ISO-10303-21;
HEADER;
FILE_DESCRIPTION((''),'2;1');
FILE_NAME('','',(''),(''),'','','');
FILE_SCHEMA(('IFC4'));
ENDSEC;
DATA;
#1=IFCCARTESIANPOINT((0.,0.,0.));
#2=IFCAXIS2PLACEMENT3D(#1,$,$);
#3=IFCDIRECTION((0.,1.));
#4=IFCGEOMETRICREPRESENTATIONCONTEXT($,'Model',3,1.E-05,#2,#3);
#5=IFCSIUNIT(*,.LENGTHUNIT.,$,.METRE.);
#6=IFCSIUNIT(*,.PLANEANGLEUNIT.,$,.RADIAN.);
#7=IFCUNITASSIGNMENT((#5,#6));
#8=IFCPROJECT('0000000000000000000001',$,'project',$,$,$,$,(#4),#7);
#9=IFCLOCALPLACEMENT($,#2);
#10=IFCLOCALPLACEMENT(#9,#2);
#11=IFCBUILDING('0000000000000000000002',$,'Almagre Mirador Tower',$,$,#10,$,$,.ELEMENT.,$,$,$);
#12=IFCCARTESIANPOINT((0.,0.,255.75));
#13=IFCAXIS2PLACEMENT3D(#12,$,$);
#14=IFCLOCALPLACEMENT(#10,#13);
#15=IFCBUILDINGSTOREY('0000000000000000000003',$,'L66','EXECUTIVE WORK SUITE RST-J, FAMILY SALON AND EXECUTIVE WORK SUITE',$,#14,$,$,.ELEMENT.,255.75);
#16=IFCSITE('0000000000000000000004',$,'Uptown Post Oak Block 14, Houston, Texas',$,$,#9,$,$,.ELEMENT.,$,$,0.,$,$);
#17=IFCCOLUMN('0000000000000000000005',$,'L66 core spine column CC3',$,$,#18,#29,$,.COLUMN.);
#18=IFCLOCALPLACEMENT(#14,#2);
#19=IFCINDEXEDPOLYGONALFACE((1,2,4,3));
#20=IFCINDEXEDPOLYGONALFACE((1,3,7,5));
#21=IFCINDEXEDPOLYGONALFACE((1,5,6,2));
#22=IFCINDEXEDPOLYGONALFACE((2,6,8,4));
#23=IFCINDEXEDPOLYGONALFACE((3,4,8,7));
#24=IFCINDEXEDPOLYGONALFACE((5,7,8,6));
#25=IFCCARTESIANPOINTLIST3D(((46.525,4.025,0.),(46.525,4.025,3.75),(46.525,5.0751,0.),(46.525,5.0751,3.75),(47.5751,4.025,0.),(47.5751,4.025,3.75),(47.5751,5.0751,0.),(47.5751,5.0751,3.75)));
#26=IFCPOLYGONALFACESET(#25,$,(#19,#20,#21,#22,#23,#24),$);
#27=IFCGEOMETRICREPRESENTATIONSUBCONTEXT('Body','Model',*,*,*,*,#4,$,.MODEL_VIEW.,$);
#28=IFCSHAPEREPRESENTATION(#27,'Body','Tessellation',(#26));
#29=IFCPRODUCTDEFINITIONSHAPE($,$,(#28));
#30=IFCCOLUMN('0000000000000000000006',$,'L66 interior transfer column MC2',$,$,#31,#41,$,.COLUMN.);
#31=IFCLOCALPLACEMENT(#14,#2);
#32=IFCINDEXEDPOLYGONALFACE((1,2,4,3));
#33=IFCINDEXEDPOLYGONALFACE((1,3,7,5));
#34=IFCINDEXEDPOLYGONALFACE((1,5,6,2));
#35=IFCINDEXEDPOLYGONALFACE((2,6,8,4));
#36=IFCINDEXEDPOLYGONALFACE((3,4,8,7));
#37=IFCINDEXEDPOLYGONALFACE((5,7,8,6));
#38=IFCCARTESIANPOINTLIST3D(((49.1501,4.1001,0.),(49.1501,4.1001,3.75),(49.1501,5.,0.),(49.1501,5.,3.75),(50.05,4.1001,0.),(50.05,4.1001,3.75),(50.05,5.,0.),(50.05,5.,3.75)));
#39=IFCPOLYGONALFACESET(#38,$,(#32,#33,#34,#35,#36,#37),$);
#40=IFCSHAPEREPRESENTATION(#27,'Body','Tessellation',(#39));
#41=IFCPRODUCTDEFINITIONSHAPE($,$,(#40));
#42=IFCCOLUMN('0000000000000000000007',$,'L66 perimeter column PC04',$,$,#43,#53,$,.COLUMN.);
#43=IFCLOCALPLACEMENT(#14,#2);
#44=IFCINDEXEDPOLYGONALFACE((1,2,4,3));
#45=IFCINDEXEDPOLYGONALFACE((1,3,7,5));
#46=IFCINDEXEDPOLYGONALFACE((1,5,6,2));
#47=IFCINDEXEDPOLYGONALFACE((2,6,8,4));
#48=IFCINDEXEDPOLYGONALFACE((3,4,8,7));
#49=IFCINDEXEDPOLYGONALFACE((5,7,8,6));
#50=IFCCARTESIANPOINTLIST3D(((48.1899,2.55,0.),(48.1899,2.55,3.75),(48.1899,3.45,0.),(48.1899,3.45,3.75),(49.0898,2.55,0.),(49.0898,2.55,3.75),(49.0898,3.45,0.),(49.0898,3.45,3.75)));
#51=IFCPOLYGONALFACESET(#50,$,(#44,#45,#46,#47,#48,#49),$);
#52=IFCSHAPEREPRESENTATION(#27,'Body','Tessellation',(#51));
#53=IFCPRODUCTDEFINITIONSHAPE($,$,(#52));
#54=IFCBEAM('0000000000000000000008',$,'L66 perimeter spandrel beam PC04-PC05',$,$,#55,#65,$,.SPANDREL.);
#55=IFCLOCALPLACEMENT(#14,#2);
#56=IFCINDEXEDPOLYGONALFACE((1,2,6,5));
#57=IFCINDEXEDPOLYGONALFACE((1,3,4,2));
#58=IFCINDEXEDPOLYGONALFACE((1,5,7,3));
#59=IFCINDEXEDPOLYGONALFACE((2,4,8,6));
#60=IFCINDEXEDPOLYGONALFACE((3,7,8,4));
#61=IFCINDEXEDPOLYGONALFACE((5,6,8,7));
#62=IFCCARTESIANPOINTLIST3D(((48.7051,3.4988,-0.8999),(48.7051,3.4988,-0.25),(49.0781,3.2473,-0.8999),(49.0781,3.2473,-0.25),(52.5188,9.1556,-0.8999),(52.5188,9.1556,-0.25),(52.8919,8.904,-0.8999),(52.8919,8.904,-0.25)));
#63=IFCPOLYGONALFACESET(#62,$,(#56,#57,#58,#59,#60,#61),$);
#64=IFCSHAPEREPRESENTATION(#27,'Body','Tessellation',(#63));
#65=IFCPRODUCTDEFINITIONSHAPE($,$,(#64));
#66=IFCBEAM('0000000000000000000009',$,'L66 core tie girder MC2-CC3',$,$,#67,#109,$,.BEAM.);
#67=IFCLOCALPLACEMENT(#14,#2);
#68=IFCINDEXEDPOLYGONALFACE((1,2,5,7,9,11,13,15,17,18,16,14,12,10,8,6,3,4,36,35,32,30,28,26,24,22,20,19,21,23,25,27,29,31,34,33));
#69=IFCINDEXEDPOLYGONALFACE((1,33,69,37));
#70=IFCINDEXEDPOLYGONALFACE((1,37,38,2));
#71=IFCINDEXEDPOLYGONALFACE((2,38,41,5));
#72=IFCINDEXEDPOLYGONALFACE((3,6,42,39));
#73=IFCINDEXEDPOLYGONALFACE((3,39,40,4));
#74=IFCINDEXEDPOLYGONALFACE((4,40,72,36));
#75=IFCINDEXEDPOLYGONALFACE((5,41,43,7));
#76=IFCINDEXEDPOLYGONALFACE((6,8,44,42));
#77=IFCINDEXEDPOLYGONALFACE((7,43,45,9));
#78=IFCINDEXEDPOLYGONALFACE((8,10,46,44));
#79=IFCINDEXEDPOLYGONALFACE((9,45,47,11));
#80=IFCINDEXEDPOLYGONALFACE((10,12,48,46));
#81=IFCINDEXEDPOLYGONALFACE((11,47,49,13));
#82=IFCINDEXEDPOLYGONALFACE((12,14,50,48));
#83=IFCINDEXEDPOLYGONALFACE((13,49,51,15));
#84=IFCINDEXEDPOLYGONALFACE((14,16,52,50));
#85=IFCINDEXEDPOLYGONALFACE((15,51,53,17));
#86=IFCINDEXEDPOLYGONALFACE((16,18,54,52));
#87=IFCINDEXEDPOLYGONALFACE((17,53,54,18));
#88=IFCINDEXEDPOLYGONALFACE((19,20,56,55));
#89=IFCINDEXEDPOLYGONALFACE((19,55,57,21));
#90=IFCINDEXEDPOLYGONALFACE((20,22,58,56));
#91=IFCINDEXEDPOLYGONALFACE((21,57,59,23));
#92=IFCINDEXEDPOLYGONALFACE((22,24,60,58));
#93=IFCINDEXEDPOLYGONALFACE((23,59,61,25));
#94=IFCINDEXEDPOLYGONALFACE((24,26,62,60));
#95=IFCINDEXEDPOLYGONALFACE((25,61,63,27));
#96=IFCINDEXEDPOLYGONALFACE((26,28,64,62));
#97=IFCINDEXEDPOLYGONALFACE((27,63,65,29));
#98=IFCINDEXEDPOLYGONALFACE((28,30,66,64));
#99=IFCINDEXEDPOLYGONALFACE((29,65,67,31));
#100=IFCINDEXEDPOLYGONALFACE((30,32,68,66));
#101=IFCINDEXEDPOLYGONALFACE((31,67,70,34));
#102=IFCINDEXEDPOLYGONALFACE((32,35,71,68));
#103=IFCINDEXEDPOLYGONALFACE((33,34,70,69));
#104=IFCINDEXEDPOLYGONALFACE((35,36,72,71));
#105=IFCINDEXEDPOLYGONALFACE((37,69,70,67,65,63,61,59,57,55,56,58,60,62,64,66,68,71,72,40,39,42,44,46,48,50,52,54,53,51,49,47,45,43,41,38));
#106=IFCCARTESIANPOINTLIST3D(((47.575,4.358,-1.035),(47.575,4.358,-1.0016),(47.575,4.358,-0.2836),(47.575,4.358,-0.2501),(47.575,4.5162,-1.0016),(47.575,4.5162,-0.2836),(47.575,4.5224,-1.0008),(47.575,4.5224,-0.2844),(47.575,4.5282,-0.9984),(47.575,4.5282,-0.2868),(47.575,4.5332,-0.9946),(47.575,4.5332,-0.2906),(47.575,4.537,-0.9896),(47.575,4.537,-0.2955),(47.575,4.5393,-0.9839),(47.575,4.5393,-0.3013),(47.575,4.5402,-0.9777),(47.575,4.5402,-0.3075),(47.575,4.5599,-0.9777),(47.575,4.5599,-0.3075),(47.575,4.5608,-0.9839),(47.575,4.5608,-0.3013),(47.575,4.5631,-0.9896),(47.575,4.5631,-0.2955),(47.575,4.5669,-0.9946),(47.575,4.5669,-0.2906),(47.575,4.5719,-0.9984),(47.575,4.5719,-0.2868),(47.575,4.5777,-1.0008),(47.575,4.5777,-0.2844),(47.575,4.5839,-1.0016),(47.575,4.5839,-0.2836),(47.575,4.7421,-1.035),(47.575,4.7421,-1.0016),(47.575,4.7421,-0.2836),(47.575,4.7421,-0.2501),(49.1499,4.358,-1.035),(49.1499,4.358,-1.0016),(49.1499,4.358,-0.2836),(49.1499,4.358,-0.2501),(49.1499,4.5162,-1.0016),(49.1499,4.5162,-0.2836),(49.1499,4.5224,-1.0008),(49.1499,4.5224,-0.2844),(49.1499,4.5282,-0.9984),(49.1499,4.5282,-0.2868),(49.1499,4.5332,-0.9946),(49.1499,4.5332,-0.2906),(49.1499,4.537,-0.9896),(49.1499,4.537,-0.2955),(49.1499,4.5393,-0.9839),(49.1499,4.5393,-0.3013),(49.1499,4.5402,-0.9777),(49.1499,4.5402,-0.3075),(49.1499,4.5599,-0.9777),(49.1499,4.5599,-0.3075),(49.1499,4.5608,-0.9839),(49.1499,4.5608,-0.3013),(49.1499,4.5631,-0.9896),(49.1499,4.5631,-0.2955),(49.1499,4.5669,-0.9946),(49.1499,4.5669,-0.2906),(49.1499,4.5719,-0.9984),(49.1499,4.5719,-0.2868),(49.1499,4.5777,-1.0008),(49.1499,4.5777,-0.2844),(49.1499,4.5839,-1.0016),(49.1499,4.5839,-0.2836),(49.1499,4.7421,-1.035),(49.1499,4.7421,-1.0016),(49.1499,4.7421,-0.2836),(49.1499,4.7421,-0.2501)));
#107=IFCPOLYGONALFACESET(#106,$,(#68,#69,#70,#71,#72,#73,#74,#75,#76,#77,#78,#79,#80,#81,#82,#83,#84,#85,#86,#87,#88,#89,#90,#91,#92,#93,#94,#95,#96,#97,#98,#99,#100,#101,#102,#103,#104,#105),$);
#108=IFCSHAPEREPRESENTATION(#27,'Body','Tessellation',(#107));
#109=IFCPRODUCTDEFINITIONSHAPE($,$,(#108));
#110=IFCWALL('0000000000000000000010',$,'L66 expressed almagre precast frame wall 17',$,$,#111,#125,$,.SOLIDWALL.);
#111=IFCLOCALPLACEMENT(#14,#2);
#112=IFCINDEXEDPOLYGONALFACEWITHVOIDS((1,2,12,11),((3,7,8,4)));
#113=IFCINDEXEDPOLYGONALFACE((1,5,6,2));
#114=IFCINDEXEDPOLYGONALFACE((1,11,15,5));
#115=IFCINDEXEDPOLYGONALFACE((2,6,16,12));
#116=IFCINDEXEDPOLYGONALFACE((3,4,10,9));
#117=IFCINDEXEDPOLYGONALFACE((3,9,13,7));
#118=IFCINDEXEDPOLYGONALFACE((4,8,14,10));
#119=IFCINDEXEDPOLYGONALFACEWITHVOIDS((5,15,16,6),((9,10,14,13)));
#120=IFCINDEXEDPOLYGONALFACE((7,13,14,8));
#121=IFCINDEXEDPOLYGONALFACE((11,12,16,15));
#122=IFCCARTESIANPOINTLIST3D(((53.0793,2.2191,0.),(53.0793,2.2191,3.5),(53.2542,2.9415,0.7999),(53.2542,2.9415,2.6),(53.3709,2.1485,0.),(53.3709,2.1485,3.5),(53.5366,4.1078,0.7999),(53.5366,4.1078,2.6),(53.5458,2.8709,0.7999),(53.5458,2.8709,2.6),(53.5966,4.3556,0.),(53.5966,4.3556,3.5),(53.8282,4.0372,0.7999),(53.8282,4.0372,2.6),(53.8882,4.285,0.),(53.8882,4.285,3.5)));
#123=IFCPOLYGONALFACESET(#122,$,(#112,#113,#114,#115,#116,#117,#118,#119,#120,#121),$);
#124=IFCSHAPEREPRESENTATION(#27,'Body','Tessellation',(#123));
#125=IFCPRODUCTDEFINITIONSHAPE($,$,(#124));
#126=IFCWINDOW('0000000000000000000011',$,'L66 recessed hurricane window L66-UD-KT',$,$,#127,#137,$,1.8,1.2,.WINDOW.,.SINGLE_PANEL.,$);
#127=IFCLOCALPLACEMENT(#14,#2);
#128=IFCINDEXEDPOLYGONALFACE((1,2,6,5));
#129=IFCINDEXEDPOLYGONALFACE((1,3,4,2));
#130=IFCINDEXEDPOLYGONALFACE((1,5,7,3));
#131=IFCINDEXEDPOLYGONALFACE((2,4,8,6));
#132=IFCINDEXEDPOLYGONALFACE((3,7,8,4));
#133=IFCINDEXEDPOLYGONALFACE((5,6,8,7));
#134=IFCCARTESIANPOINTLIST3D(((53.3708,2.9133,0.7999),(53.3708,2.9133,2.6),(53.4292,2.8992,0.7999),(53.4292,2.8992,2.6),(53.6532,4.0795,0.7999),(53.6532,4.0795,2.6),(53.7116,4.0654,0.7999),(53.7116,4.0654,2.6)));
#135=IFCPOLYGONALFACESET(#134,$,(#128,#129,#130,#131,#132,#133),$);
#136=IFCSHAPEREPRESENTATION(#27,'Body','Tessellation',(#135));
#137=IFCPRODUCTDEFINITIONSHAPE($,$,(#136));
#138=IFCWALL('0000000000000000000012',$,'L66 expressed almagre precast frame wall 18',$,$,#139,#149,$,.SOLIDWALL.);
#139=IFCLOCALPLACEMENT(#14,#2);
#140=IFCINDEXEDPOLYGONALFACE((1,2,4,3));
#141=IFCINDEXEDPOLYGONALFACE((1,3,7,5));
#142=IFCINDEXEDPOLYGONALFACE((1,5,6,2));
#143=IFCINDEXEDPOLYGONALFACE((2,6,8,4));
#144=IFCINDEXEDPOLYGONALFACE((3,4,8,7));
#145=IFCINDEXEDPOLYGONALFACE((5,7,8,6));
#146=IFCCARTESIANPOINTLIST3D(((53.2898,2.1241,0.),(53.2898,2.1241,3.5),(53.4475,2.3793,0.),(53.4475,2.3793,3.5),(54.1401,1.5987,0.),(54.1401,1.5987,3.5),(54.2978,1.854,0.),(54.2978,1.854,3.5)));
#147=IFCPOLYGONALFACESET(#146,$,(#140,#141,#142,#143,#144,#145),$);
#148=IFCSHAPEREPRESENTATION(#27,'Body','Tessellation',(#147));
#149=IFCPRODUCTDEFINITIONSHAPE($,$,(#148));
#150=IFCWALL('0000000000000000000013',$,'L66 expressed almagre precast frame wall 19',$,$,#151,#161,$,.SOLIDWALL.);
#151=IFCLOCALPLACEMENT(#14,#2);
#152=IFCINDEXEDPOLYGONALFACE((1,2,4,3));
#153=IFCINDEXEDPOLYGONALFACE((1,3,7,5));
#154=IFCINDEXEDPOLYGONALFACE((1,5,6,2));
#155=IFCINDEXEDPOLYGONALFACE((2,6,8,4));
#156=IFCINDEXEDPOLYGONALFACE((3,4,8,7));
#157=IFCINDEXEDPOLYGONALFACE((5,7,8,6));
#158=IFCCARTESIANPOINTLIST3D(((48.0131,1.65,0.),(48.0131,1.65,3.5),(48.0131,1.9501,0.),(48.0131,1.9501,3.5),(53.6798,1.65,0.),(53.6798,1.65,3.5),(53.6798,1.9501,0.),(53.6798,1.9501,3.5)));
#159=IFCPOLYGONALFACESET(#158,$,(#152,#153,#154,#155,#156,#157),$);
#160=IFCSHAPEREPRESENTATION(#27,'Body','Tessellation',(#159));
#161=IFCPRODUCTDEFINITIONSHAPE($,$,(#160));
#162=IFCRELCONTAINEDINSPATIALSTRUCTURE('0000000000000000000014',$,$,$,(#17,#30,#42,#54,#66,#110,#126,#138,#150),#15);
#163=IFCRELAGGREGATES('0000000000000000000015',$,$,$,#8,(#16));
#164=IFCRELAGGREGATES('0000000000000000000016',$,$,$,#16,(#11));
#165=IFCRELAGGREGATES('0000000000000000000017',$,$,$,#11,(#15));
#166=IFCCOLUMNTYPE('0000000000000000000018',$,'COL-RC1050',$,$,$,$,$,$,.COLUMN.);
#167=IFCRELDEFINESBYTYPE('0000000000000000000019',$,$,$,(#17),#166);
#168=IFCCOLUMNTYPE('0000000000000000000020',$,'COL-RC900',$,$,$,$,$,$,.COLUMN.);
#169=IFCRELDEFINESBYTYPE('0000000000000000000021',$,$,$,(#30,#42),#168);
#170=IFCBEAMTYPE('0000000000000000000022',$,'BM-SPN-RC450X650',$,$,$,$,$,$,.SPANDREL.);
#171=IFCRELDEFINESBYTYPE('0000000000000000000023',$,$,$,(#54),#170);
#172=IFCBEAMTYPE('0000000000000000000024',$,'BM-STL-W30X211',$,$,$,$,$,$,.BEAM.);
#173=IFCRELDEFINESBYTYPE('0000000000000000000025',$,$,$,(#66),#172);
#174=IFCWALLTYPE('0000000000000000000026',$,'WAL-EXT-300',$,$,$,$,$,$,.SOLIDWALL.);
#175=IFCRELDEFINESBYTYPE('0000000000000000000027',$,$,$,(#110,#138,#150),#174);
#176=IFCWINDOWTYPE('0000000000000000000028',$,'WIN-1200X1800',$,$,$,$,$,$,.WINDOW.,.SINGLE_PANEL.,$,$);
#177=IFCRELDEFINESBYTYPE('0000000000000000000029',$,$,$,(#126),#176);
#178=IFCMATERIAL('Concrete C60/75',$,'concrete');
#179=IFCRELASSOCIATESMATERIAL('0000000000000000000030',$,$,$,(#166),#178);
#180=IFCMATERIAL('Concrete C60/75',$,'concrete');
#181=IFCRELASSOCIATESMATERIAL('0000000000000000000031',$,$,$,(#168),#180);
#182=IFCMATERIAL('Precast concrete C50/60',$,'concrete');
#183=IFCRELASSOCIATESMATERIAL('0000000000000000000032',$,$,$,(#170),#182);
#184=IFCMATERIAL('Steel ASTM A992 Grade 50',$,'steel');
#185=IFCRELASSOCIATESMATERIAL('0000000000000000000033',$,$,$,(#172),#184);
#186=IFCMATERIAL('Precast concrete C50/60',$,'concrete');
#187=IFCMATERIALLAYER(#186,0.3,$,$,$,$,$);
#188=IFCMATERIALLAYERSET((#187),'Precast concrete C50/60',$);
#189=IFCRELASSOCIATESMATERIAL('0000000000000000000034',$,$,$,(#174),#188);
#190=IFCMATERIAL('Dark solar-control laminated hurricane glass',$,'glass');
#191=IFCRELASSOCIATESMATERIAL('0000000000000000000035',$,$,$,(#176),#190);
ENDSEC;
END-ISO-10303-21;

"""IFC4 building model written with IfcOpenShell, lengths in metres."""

from ifc_helpers import new_model, si_unit, direction, frame, frame_2d, origin, origin_2d, place, context, subcontext, project, spatial, rectangle, i_section, extrude, material, layer, layer_set, material_profile, profile_set, type_object, element, fill, save


model = new_model("IFC4")

# Units and contexts
model_context = context("Model", 3, precision=1e-05, world=origin(), true_north=direction((0.0, 1.0)))
body_context = subcontext(model_context, "Body", "Model", "MODEL_VIEW")
ifc_project = project(units=[si_unit("LENGTHUNIT", "METRE"), si_unit("PLANEANGLEUNIT", "RADIAN")], contexts=[model_context])

# Site, building, storey
site_placement = place(None, origin())
site = spatial("IfcSite", under=ifc_project, at=site_placement, Name="Uptown Post Oak Block 14, Houston, Texas", CompositionType="ELEMENT", RefElevation=0.0)
building_placement = place(site_placement, origin())
building = spatial("IfcBuilding", under=site, at=building_placement, Name="Almagre Mirador Tower", CompositionType="ELEMENT")
storey_placement = place(building_placement, frame((0.0, 0.0, 255.75)))
storey = spatial("IfcBuildingStorey", under=building, at=storey_placement, Name="L66", Description="EXECUTIVE WORK SUITE RST-J, FAMILY SALON AND EXECUTIVE WORK SUITE", CompositionType="ELEMENT", Elevation=255.75)

# Columns
ifc_material_1 = material(Name="Concrete C60/75", Category="concrete")
ifc_material_profile_1 = material_profile(ifc_material_1, rectangle(XDim=1.05, YDim=1.05, at=origin_2d()), Name="RC1050X1050")
ifc_profile_set_1 = profile_set([ifc_material_profile_1], Name="Concrete C60/75")
column_type_1 = type_object("IfcColumnType", Name="COL-RC1050", PredefinedType="COLUMN", material=ifc_profile_set_1)
column_placement = place(storey_placement, frame((47.05, 4.55, 0.0), z_axis=(0.0, 0.0, 1.0), x_axis=(1.0, 0.0, 0.0)))
element("IfcColumn", 1, at=column_placement, inside=storey, type_object=column_type_1, Name="L66 core spine column CC3", PredefinedType="COLUMN", context=body_context, shape_type="SweptSolid", body=[
    extrude(rectangle(XDim=1.05, YDim=1.05, at=origin_2d()), origin(), (0.0, 0.0, 1.0), 3.75),
])
ifc_material_2 = material(Name="Concrete C60/75", Category="concrete")
ifc_material_profile_2 = material_profile(ifc_material_2, rectangle(XDim=0.8999, YDim=0.8999, at=origin_2d()), Name="RC900X900")
ifc_profile_set_2 = profile_set([ifc_material_profile_2], Name="Concrete C60/75")
column_type_2 = type_object("IfcColumnType", Name="COL-RC900", PredefinedType="COLUMN", material=ifc_profile_set_2)
for number, where, z_axis, x_axis, name in (
    (2, (49.6001, 4.55, 0.0), (0.0, 0.0, 1.0), (1.0, 0.0, 0.0), "L66 interior transfer column MC2"),
    (3, (48.6399, 3.0, 0.0), (0.0, 0.0, 1.0), (1.0, 0.0, 0.0), "L66 perimeter column PC04"),
):
    element("IfcColumn", number, at=place(storey_placement, frame(where, z_axis=z_axis, x_axis=x_axis)), inside=storey, type_object=column_type_2, Name=name, PredefinedType="COLUMN", context=body_context, shape_type="SweptSolid", body=[
        extrude(rectangle(XDim=0.8999, YDim=0.8999, at=origin_2d()), origin(), (0.0, 0.0, 1.0), 3.75),
    ])

# Beams
ifc_material_3 = material(Name="Precast concrete C50/60", Category="concrete")
ifc_material_profile_3 = material_profile(ifc_material_3, rectangle(XDim=0.45, YDim=0.6499, at=origin_2d()), Name="RC450X650")
ifc_profile_set_3 = profile_set([ifc_material_profile_3], Name="Precast concrete C50/60")
beam_type_1 = type_object("IfcBeamType", Name="BM-SPN-RC450X650", PredefinedType="SPANDREL", material=ifc_profile_set_3)
beam_1_placement = place(storey_placement, frame((48.8916, 3.373, -0.575), z_axis=(0.559012, 0.82916, 0.0), x_axis=(-0.82916, 0.559012, 0.0)))
element("IfcBeam", 4, at=beam_1_placement, inside=storey, type_object=beam_type_1, Name="L66 perimeter spandrel beam PC04-PC05", PredefinedType="SPANDREL", context=body_context, shape_type="SweptSolid", body=[
    extrude(rectangle(XDim=0.45, YDim=0.6499, at=origin_2d()), origin(), (0.0, 0.0, 1.0), 6.8223),
])
ifc_material_4 = material(Name="Steel ASTM A992 Grade 50", Category="steel")
ifc_material_profile_4 = material_profile(ifc_material_4, i_section(OverallWidth=0.384, OverallDepth=0.7849, WebThickness=0.0198, FlangeThickness=0.0334, FilletRadius=0.0239, at=origin_2d()), Name="W30X211")
ifc_profile_set_4 = profile_set([ifc_material_profile_4], Name="Steel ASTM A992 Grade 50")
beam_type_2 = type_object("IfcBeamType", Name="BM-STL-W30X211", PredefinedType="BEAM", material=ifc_profile_set_4)
beam_2_placement = place(storey_placement, frame((49.1499, 4.55, -0.6426), z_axis=(-1.0, 0.0, 0.0), x_axis=(0.0, -1.0, 0.0)))
element("IfcBeam", 5, at=beam_2_placement, inside=storey, type_object=beam_type_2, Name="L66 core tie girder MC2-CC3", PredefinedType="BEAM", context=body_context, shape_type="SweptSolid", body=[
    extrude(i_section(OverallWidth=0.384, OverallDepth=0.7849, WebThickness=0.0198, FlangeThickness=0.0334, FilletRadius=0.0239, at=origin_2d()), origin(), (0.0, 0.0, 1.0), 1.575),
])

# Wall, opening, window
ifc_material_5 = material(Name="Precast concrete C50/60", Category="concrete")
ifc_layer_1 = layer(ifc_material_5, 0.3)
ifc_layer_set_1 = layer_set([ifc_layer_1], Name="Precast concrete C50/60")
wall_type_1 = type_object("IfcWallType", Name="WAL-EXT-300", PredefinedType="SOLIDWALL", material=ifc_layer_set_1)
wall_1_placement = place(storey_placement, frame((53.7424, 4.3203, 0.0), z_axis=(0.0, 0.0, 1.0), x_axis=(-0.235343, -0.971912, 0.0)))
wall_1 = element("IfcWall", 6, at=wall_1_placement, inside=storey, type_object=wall_type_1, Name="L66 expressed almagre precast frame wall 17", PredefinedType="SOLIDWALL", context=body_context, shape_type="SweptSolid", body=[
    extrude(rectangle(XDim=2.1982, YDim=0.3, at=frame_2d((1.0991, 0.0))), origin(), (0.0, 0.0, 1.0), 3.5),
])
opening_1_placement = place(wall_1_placement, frame((0.2549, 0.0, 0.8)))
opening_1 = element("IfcOpeningElement", 7, at=opening_1_placement, cuts=wall_1, PredefinedType="OPENING", context=body_context, shape_type="SweptSolid", body=[
    extrude(rectangle(XDim=1.2, YDim=1.8, at=frame_2d((0.6001, 0.8999))), frame((0.0, 0.1599, 0.0), z_axis=(0.0, -1.0, 0.0), x_axis=(1.0, 0.0, 0.0)), (0.0, 0.0, 1.0), 0.32),
])
ifc_material_6 = material(Name="Dark solar-control laminated hurricane glass", Category="glass")
window_type_1 = type_object("IfcWindowType", Name="WIN-1200X1800", PartitioningType="SINGLE_PANEL", PredefinedType="WINDOW", material=ifc_material_6)
window_1_placement = place(opening_1_placement, origin())
window_1 = element("IfcWindow", 8, at=window_1_placement, inside=storey, type_object=window_type_1, Name="L66 recessed hurricane window L66-UD-KT", OverallHeight=1.8, OverallWidth=1.2, PartitioningType="SINGLE_PANEL", PredefinedType="WINDOW", context=body_context, shape_type="SweptSolid", body=[
    extrude(rectangle(XDim=1.2, YDim=1.8, at=frame_2d((0.6001, 0.8999))), frame((0.0, 0.03, 0.0), z_axis=(0.0, -1.0, 0.0), x_axis=(1.0, 0.0, 0.0)), (0.0, 0.0, 1.0), 0.0601),
])
fill(opening_1, window_1)

# Walls
wall_2_placement = place(storey_placement, frame((53.3687, 2.2517, 0.0), z_axis=(0.0, 0.0, 1.0), x_axis=(0.850718, -0.525623, 0.0)))
element("IfcWall", 9, at=wall_2_placement, inside=storey, type_object=wall_type_1, Name="L66 expressed almagre precast frame wall 18", PredefinedType="SOLIDWALL", context=body_context, shape_type="SweptSolid", body=[
    extrude(rectangle(XDim=0.9995, YDim=0.3, at=frame_2d((0.4998, 0.0))), origin(), (0.0, 0.0, 1.0), 3.5),
])
wall_3_placement = place(storey_placement, frame((53.6799, 1.8, 0.0), z_axis=(0.0, 0.0, 1.0), x_axis=(-1.0, 0.0, 0.0)))
element("IfcWall", 10, at=wall_3_placement, inside=storey, type_object=wall_type_1, Name="L66 expressed almagre precast frame wall 19", PredefinedType="SOLIDWALL", context=body_context, shape_type="SweptSolid", body=[
    extrude(rectangle(XDim=5.6667, YDim=0.3, at=frame_2d((2.8335, 0.0))), origin(), (0.0, 0.0, 1.0), 3.5),
])

save(model, "model.ifc")
